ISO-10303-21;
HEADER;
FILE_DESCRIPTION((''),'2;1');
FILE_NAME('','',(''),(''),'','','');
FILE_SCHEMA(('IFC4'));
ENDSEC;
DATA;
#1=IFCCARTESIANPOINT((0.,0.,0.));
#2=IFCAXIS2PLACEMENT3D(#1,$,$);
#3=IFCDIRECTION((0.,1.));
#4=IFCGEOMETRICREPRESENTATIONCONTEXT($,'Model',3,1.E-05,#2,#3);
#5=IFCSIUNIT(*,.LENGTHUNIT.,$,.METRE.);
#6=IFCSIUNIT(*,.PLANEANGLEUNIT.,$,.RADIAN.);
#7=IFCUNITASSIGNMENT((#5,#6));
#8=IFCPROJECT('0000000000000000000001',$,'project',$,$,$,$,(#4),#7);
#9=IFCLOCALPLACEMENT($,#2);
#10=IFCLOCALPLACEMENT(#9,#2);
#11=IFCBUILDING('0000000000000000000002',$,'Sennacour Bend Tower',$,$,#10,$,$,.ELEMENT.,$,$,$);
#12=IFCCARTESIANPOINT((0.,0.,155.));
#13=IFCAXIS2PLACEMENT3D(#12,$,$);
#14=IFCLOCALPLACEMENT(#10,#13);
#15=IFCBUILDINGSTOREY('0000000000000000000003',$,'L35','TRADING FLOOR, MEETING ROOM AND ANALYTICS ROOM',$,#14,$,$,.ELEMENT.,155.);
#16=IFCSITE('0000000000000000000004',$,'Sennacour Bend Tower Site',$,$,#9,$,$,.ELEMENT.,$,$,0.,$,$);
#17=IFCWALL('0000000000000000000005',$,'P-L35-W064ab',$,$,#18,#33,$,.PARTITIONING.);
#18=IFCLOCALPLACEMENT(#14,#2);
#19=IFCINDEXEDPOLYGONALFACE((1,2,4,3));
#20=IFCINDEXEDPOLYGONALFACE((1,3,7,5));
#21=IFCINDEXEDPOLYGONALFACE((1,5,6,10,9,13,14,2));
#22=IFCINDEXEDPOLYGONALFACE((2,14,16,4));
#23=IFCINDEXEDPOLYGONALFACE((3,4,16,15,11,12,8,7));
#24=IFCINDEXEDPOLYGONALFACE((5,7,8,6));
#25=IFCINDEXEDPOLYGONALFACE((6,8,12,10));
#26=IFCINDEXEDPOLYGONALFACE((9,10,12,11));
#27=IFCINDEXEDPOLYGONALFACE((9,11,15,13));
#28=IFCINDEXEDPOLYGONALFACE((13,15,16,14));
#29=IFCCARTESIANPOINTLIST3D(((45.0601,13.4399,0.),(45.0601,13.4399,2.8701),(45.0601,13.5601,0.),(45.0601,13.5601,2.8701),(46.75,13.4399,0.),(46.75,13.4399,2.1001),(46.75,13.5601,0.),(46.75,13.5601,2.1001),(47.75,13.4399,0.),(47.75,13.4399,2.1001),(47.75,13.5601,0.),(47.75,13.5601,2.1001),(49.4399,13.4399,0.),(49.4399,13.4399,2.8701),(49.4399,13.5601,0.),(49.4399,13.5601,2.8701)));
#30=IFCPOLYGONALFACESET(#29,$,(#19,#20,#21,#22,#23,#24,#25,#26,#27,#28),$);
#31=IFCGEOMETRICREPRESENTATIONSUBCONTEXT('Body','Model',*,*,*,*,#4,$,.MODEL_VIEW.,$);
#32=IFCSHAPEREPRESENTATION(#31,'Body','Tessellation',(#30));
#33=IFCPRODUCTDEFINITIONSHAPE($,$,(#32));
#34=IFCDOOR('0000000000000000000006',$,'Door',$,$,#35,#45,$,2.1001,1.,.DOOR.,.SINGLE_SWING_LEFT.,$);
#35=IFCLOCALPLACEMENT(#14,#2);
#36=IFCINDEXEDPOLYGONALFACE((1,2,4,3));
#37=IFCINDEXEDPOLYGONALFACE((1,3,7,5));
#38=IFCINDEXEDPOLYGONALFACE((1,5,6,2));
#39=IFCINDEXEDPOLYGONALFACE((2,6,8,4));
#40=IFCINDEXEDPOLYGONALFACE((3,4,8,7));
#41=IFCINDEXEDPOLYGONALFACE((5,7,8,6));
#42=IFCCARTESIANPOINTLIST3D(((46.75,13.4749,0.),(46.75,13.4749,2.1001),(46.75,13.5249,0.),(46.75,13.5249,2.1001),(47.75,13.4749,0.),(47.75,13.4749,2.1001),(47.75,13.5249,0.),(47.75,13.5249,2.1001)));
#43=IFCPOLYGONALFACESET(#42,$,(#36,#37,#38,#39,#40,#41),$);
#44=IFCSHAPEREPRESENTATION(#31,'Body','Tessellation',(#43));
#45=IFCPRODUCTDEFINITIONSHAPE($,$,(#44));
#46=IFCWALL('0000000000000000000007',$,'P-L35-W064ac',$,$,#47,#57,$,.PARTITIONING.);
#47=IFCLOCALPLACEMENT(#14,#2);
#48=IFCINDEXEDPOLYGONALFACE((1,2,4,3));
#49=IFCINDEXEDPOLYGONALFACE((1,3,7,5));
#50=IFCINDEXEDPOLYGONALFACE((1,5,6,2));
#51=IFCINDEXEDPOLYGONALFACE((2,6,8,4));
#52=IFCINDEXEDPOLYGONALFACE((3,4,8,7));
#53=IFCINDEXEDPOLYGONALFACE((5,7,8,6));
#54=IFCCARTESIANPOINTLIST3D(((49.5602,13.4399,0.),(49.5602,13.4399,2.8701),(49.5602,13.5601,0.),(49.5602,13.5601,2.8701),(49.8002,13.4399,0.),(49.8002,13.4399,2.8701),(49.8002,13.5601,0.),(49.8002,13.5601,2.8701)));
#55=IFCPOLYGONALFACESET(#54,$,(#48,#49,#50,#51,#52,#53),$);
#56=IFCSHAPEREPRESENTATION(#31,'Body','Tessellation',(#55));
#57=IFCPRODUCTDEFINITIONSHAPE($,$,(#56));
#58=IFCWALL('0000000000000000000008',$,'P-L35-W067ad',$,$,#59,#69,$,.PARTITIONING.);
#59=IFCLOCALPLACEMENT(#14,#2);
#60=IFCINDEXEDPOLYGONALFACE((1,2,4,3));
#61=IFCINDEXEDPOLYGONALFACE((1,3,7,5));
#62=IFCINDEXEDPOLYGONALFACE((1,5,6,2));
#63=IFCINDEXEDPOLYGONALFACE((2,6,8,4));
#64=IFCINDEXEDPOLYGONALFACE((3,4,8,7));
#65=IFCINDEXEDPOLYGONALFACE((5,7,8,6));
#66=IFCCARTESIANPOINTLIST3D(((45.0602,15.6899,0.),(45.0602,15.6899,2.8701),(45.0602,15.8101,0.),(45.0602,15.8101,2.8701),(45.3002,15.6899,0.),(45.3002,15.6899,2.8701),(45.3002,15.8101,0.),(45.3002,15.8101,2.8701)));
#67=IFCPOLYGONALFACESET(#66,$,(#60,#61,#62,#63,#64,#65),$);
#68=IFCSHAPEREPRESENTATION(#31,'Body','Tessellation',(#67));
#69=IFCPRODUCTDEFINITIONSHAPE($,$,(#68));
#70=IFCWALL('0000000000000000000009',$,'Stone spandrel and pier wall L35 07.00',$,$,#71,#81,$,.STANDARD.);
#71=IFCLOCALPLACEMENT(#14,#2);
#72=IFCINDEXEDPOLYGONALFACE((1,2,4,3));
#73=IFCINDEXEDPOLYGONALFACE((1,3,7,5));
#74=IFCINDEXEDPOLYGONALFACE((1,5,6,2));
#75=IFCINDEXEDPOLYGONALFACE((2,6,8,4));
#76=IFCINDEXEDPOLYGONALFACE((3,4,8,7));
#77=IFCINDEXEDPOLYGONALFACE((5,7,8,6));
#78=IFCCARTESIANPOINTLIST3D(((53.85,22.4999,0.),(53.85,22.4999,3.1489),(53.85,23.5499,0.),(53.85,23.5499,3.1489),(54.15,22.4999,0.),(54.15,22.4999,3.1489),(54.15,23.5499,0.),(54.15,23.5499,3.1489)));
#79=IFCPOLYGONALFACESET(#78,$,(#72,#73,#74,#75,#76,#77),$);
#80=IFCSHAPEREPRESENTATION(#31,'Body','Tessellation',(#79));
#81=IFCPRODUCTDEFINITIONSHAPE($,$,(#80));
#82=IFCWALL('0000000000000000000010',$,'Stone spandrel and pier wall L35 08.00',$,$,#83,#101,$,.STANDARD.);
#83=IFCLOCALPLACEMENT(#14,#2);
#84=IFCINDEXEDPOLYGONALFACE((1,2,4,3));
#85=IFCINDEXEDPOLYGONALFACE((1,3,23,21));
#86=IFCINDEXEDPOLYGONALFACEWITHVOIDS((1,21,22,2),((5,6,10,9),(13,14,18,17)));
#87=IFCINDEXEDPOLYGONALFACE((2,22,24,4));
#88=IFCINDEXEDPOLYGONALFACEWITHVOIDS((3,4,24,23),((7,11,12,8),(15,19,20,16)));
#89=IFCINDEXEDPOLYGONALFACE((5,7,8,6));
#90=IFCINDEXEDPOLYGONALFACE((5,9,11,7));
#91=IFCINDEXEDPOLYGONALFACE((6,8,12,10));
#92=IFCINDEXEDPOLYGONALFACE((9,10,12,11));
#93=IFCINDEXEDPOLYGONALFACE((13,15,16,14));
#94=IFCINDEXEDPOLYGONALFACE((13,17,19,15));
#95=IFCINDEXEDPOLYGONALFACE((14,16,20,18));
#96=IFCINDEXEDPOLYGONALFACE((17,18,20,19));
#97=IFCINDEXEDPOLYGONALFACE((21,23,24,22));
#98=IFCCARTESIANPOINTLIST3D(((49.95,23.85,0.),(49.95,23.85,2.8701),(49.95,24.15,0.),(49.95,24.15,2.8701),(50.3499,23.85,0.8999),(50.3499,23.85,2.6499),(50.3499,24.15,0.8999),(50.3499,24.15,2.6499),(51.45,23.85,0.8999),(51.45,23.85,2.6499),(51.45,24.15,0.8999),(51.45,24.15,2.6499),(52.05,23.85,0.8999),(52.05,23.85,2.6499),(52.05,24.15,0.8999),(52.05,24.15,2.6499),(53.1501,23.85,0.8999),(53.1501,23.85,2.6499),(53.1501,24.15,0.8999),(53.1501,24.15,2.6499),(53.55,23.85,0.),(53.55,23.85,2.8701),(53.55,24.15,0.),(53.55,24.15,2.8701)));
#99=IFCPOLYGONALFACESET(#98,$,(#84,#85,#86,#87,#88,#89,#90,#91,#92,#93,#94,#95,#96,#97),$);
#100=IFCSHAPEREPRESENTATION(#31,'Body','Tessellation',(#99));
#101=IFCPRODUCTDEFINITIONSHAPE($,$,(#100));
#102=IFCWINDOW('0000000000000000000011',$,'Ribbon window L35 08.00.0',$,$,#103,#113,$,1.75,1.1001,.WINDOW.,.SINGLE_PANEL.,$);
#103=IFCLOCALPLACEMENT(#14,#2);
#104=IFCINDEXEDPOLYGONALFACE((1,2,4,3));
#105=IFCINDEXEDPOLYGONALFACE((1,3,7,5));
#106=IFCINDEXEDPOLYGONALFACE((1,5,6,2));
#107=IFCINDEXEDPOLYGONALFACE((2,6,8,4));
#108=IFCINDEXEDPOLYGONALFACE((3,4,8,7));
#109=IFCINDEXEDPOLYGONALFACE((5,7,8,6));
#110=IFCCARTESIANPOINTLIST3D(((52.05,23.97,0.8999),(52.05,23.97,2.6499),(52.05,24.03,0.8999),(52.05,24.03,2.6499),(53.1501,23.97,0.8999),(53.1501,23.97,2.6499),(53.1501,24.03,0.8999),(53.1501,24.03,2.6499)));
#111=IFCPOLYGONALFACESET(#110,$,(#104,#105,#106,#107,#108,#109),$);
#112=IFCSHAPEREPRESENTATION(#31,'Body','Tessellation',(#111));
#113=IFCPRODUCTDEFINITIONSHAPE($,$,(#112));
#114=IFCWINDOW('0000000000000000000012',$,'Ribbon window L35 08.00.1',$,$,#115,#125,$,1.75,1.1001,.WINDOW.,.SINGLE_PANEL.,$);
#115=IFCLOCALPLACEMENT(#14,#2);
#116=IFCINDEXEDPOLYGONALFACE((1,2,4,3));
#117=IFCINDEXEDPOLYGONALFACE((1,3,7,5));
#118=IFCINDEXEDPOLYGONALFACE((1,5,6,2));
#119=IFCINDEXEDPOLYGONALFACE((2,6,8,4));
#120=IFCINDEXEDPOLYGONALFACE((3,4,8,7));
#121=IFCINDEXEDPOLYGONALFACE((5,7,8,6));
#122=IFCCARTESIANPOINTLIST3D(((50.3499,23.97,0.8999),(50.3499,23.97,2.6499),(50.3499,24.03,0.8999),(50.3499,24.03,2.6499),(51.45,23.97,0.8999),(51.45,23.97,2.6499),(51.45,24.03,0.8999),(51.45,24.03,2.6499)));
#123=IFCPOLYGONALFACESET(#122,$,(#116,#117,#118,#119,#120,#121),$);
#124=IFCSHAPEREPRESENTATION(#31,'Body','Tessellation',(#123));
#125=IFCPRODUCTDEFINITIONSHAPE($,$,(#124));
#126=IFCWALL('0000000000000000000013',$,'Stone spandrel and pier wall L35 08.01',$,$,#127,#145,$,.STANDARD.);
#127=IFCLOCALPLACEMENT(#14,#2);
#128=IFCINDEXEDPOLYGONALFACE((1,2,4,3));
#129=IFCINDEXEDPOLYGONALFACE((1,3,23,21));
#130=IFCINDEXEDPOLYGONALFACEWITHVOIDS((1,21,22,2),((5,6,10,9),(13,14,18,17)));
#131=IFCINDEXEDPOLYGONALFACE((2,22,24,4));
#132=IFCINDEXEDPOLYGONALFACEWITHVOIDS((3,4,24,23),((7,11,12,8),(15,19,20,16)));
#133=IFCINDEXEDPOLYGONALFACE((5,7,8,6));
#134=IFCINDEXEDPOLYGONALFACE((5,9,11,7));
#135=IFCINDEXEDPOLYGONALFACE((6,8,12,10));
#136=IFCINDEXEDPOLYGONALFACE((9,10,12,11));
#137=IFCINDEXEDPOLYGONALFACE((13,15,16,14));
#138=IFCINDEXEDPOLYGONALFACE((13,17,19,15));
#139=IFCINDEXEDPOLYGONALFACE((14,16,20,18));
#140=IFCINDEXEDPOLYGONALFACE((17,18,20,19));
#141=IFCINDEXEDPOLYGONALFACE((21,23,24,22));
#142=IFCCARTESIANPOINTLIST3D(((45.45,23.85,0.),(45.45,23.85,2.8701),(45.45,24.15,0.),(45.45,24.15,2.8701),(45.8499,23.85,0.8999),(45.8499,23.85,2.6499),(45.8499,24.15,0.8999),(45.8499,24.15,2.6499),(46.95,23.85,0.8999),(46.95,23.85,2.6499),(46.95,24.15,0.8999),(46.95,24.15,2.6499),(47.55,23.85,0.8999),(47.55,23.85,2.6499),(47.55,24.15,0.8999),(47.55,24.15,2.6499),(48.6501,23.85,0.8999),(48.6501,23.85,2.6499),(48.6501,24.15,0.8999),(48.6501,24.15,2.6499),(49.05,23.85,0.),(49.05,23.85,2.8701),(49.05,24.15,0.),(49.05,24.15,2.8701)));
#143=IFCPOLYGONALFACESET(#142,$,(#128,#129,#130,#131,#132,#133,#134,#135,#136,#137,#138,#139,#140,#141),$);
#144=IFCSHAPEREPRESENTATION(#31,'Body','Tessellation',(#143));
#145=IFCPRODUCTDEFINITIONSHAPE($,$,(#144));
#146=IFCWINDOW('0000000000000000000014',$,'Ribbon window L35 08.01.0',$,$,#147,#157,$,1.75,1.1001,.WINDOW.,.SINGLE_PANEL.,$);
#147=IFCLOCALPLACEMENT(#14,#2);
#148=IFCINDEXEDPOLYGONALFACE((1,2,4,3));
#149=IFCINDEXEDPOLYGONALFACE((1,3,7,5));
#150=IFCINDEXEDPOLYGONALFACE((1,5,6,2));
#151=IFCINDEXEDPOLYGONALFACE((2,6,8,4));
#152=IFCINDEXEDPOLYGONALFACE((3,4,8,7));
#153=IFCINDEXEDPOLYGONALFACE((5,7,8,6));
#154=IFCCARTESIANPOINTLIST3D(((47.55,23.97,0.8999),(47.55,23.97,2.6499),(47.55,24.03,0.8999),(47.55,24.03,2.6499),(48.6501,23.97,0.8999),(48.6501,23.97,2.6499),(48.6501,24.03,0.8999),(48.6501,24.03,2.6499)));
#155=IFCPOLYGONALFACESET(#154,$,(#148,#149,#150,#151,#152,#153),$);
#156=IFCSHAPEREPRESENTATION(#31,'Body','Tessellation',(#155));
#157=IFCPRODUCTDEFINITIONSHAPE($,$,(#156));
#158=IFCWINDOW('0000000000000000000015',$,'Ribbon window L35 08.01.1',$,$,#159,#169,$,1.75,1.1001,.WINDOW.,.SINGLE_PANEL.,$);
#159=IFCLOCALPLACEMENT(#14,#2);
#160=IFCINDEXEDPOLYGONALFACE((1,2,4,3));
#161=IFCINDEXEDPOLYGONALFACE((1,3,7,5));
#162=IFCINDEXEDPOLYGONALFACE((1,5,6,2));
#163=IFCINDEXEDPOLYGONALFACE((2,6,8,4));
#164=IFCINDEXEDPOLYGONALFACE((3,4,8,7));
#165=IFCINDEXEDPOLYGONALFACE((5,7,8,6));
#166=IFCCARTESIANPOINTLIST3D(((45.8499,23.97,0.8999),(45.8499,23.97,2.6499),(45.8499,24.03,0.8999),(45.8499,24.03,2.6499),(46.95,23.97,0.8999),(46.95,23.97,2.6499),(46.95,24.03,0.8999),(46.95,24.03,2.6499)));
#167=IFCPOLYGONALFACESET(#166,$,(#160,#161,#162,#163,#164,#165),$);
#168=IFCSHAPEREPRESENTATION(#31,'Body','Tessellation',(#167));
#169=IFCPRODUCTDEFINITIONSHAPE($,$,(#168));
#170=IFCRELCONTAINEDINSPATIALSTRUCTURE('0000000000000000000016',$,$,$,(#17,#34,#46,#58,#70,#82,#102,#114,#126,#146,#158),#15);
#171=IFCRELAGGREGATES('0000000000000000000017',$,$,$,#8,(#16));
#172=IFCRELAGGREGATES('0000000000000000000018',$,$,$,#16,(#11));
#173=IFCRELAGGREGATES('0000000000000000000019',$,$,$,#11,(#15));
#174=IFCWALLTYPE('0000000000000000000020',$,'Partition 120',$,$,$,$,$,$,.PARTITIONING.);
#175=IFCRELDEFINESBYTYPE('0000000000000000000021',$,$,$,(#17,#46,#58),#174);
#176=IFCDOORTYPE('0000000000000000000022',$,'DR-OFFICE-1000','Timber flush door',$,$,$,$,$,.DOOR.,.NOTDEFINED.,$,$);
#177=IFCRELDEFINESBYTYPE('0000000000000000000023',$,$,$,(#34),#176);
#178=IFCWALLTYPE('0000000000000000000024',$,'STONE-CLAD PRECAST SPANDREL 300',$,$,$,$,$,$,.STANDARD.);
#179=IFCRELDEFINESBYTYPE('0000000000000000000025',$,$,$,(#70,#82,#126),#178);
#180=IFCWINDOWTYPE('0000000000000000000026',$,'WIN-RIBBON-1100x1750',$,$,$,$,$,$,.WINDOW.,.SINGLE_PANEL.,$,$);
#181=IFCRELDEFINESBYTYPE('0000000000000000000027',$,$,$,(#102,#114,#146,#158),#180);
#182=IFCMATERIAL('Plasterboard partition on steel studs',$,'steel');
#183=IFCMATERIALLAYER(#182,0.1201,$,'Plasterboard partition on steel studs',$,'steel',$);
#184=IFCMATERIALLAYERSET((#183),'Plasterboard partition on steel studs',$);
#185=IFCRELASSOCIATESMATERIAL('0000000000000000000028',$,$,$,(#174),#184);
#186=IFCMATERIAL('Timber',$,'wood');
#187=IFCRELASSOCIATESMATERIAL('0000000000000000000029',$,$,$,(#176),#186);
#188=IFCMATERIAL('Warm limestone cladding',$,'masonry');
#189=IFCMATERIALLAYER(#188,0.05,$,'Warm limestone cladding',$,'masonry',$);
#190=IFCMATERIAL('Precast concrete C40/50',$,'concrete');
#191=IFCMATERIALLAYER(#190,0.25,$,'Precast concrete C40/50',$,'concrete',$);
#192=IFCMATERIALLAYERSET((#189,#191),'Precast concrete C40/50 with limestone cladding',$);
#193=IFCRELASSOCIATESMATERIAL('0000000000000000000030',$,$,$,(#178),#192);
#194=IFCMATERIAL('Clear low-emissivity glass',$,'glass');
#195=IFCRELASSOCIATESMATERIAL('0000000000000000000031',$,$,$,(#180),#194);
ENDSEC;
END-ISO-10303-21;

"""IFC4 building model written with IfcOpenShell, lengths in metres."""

from ifc_helpers import new_model, si_unit, direction, frame, frame_2d, origin, place, context, subcontext, project, spatial, rectangle, extrude, material, layer, layer_set, type_object, element, fill, save


model = new_model("IFC4")

# Units and contexts
model_context = context("Model", 3, precision=1e-05, world=origin(), true_north=direction((0.0, 1.0)))
body_context = subcontext(model_context, "Body", "Model", "MODEL_VIEW")
ifc_project = project(units=[si_unit("LENGTHUNIT", "METRE"), si_unit("PLANEANGLEUNIT", "RADIAN")], contexts=[model_context])

# Site, building, storey
site_placement = place(None, origin())
site = spatial("IfcSite", under=ifc_project, at=site_placement, Name="Sennacour Bend Tower Site", CompositionType="ELEMENT", RefElevation=0.0)
building_placement = place(site_placement, origin())
building = spatial("IfcBuilding", under=site, at=building_placement, Name="Sennacour Bend Tower", CompositionType="ELEMENT")
storey_placement = place(building_placement, frame((0.0, 0.0, 155.0)))
storey = spatial("IfcBuildingStorey", under=building, at=storey_placement, Name="L35", Description="TRADING FLOOR, MEETING ROOM AND ANALYTICS ROOM", CompositionType="ELEMENT", Elevation=155.0)

# Shared definitions
ifc_material_1 = material(Name="Clear low-emissivity glass", Category="glass")

# Shared definitions
ifc_material_2 = material(Name="Plasterboard partition on steel studs", Category="steel")
ifc_layer_1 = layer(ifc_material_2, 0.1201, Name="Plasterboard partition on steel studs", Category="steel")
ifc_layer_set_1 = layer_set([ifc_layer_1], Name="Plasterboard partition on steel studs")
wall_type_1 = type_object("IfcWallType", Name="Partition 120", PredefinedType="PARTITIONING", material=ifc_layer_set_1)

# Wall, opening, door
wall_1_placement = place(storey_placement, frame((45.0601, 13.5, 0.0), z_axis=(0.0, 0.0, 1.0), x_axis=(1.0, 0.0, 0.0)))
wall_1 = element("IfcWall", 1, at=wall_1_placement, inside=storey, type_object=wall_type_1, Name="P-L35-W064ab", PredefinedType="PARTITIONING", context=body_context, shape_type="SweptSolid", body=[
    extrude(rectangle(XDim=4.3799, YDim=0.1201, at=frame_2d((2.1899, 0.0))), origin(), (0.0, 0.0, 1.0), 2.8701),
])
opening_1_placement = place(wall_1_placement, frame((1.6899, 0.0, 0.0)))
opening_1 = element("IfcOpeningElement", 2, at=opening_1_placement, cuts=wall_1, PredefinedType="OPENING", context=body_context, shape_type="SweptSolid", body=[
    extrude(rectangle(XDim=1.0, YDim=2.1001, at=frame_2d((0.5, 1.05))), frame((0.0, 0.0701, 0.0), z_axis=(0.0, -1.0, 0.0), x_axis=(1.0, 0.0, 0.0)), (0.0, 0.0, 1.0), 0.1401),
])
ifc_material_3 = material(Name="Timber", Category="wood")
door_type_1 = type_object("IfcDoorType", Name="DR-OFFICE-1000", Description="Timber flush door", OperationType="NOTDEFINED", PredefinedType="DOOR", material=ifc_material_3)
door_1_placement = place(opening_1_placement, origin())
door_1 = element("IfcDoor", 3, at=door_1_placement, inside=storey, type_object=door_type_1, Name="Door", OperationType="SINGLE_SWING_LEFT", OverallHeight=2.1001, OverallWidth=1.0, PredefinedType="DOOR", context=body_context, shape_type="SweptSolid", body=[
    extrude(rectangle(XDim=1.0, YDim=2.1001, at=frame_2d((0.5, 1.05))), frame((0.0, 0.0249, 0.0), z_axis=(0.0, -1.0, 0.0), x_axis=(1.0, 0.0, 0.0)), (0.0, 0.0, 1.0), 0.05),
])
fill(opening_1, door_1)

# Walls
for number, where, z_axis, x_axis, name in (
    (4, (49.5601, 13.5, 0.0), (0.0, 0.0, 1.0), (1.0, 0.0, 0.0), "P-L35-W064ac"),
    (5, (45.0601, 15.75, 0.0), (0.0, 0.0, 1.0), (1.0, 0.0, 0.0), "P-L35-W067ad"),
):
    element("IfcWall", number, at=place(storey_placement, frame(where, z_axis=z_axis, x_axis=x_axis)), inside=storey, type_object=wall_type_1, Name=name, PredefinedType="PARTITIONING", context=body_context, shape_type="SweptSolid", body=[
        extrude(rectangle(XDim=0.24, YDim=0.1201, at=frame_2d((0.1201, 0.0))), origin(), (0.0, 0.0, 1.0), 2.8701),
    ])
ifc_material_4 = material(Name="Warm limestone cladding", Category="masonry")
ifc_layer_2 = layer(ifc_material_4, 0.05, Name="Warm limestone cladding", Category="masonry")
ifc_material_5 = material(Name="Precast concrete C40/50", Category="concrete")
ifc_layer_3 = layer(ifc_material_5, 0.25, Name="Precast concrete C40/50", Category="concrete")
ifc_layer_set_2 = layer_set([ifc_layer_2, ifc_layer_3], Name="Precast concrete C40/50 with limestone cladding")
wall_type_2 = type_object("IfcWallType", Name="STONE-CLAD PRECAST SPANDREL 300", PredefinedType="STANDARD", material=ifc_layer_set_2)
wall_2_placement = place(storey_placement, frame((54.0, 22.5, 0.0), z_axis=(0.0, 0.0, 1.0), x_axis=(0.0, 1.0, 0.0)))
element("IfcWall", 6, at=wall_2_placement, inside=storey, type_object=wall_type_2, Name="Stone spandrel and pier wall L35 07.00", PredefinedType="STANDARD", context=body_context, shape_type="SweptSolid", body=[
    extrude(rectangle(XDim=1.05, YDim=0.3, at=frame_2d((0.5249, 0.0))), origin(), (0.0, 0.0, 1.0), 3.1489),
])

# Walls, openings, windows
wall_3_placement = place(storey_placement, frame((53.55, 24.0, 0.0), z_axis=(0.0, 0.0, 1.0), x_axis=(-1.0, 0.0, 0.0)))
wall_3 = element("IfcWall", 7, at=wall_3_placement, inside=storey, type_object=wall_type_2, Name="Stone spandrel and pier wall L35 08.00", PredefinedType="STANDARD", context=body_context, shape_type="SweptSolid", body=[
    extrude(rectangle(XDim=3.6001, YDim=0.3, at=frame_2d((1.8, 0.0))), origin(), (0.0, 0.0, 1.0), 2.8701),
])
opening_2_placement = place(wall_3_placement, frame((0.3999, 0.0, 0.8999)))
opening_2 = element("IfcOpeningElement", 8, at=opening_2_placement, cuts=wall_3, PredefinedType="OPENING", context=body_context, shape_type="SweptSolid", body=[
    extrude(rectangle(XDim=1.1001, YDim=1.75, at=frame_2d((0.55, 0.875))), frame((0.0, 0.1602, 0.0), z_axis=(0.0, -1.0, 0.0), x_axis=(1.0, 0.0, 0.0)), (0.0, 0.0, 1.0), 0.3201),
])
opening_3_placement = place(wall_3_placement, frame((2.1001, 0.0, 0.8999)))
opening_3 = element("IfcOpeningElement", 9, at=opening_3_placement, cuts=wall_3, PredefinedType="OPENING", context=body_context, shape_type="SweptSolid", body=[
    extrude(rectangle(XDim=1.1001, YDim=1.75, at=frame_2d((0.55, 0.875))), frame((0.0, 0.1602, 0.0), z_axis=(0.0, -1.0, 0.0), x_axis=(1.0, 0.0, 0.0)), (0.0, 0.0, 1.0), 0.3201),
])
window_type = type_object("IfcWindowType", Name="WIN-RIBBON-1100x1750", PartitioningType="SINGLE_PANEL", PredefinedType="WINDOW", material=ifc_material_1)
window_1_placement = place(opening_2_placement, origin())
window_1 = element("IfcWindow", 10, at=window_1_placement, inside=storey, type_object=window_type, Name="Ribbon window L35 08.00.0", OverallHeight=1.75, OverallWidth=1.1001, PartitioningType="SINGLE_PANEL", PredefinedType="WINDOW", context=body_context, shape_type="SweptSolid", body=[
    extrude(rectangle(XDim=1.1001, YDim=1.75, at=frame_2d((0.55, 0.875))), frame((0.0, 0.03, 0.0), z_axis=(0.0, -1.0, 0.0), x_axis=(1.0, 0.0, 0.0)), (0.0, 0.0, 1.0), 0.0601),
])
fill(opening_2, window_1)
window_2_placement = place(opening_3_placement, origin())
window_2 = element("IfcWindow", 11, at=window_2_placement, inside=storey, type_object=window_type, Name="Ribbon window L35 08.00.1", OverallHeight=1.75, OverallWidth=1.1001, PartitioningType="SINGLE_PANEL", PredefinedType="WINDOW", context=body_context, shape_type="SweptSolid", body=[
    extrude(rectangle(XDim=1.1001, YDim=1.75, at=frame_2d((0.55, 0.875))), frame((0.0, 0.03, 0.0), z_axis=(0.0, -1.0, 0.0), x_axis=(1.0, 0.0, 0.0)), (0.0, 0.0, 1.0), 0.0601),
])
fill(opening_3, window_2)
wall_4_placement = place(storey_placement, frame((49.05, 24.0, 0.0), z_axis=(0.0, 0.0, 1.0), x_axis=(-1.0, 0.0, 0.0)))
wall_4 = element("IfcWall", 12, at=wall_4_placement, inside=storey, type_object=wall_type_2, Name="Stone spandrel and pier wall L35 08.01", PredefinedType="STANDARD", context=body_context, shape_type="SweptSolid", body=[
    extrude(rectangle(XDim=3.6001, YDim=0.3, at=frame_2d((1.8, 0.0))), origin(), (0.0, 0.0, 1.0), 2.8701),
])
opening_4_placement = place(wall_4_placement, frame((0.3999, 0.0, 0.8999)))
opening_4 = element("IfcOpeningElement", 13, at=opening_4_placement, cuts=wall_4, PredefinedType="OPENING", context=body_context, shape_type="SweptSolid", body=[
    extrude(rectangle(XDim=1.1001, YDim=1.75, at=frame_2d((0.55, 0.875))), frame((0.0, 0.1602, 0.0), z_axis=(0.0, -1.0, 0.0), x_axis=(1.0, 0.0, 0.0)), (0.0, 0.0, 1.0), 0.3201),
])
opening_5_placement = place(wall_4_placement, frame((2.1001, 0.0, 0.8999)))
opening_5 = element("IfcOpeningElement", 14, at=opening_5_placement, cuts=wall_4, PredefinedType="OPENING", context=body_context, shape_type="SweptSolid", body=[
    extrude(rectangle(XDim=1.1001, YDim=1.75, at=frame_2d((0.55, 0.875))), frame((0.0, 0.1602, 0.0), z_axis=(0.0, -1.0, 0.0), x_axis=(1.0, 0.0, 0.0)), (0.0, 0.0, 1.0), 0.3201),
])
window_3_placement = place(opening_4_placement, origin())
window_3 = element("IfcWindow", 15, at=window_3_placement, inside=storey, type_object=window_type, Name="Ribbon window L35 08.01.0", OverallHeight=1.75, OverallWidth=1.1001, PartitioningType="SINGLE_PANEL", PredefinedType="WINDOW", context=body_context, shape_type="SweptSolid", body=[
    extrude(rectangle(XDim=1.1001, YDim=1.75, at=frame_2d((0.55, 0.875))), frame((0.0, 0.03, 0.0), z_axis=(0.0, -1.0, 0.0), x_axis=(1.0, 0.0, 0.0)), (0.0, 0.0, 1.0), 0.0601),
])
fill(opening_4, window_3)
window_4_placement = place(opening_5_placement, origin())
window_4 = element("IfcWindow", 16, at=window_4_placement, inside=storey, type_object=window_type, Name="Ribbon window L35 08.01.1", OverallHeight=1.75, OverallWidth=1.1001, PartitioningType="SINGLE_PANEL", PredefinedType="WINDOW", context=body_context, shape_type="SweptSolid", body=[
    extrude(rectangle(XDim=1.1001, YDim=1.75, at=frame_2d((0.55, 0.875))), frame((0.0, 0.03, 0.0), z_axis=(0.0, -1.0, 0.0), x_axis=(1.0, 0.0, 0.0)), (0.0, 0.0, 1.0), 0.0601),
])
fill(opening_5, window_4)

save(model, "model.ifc")
